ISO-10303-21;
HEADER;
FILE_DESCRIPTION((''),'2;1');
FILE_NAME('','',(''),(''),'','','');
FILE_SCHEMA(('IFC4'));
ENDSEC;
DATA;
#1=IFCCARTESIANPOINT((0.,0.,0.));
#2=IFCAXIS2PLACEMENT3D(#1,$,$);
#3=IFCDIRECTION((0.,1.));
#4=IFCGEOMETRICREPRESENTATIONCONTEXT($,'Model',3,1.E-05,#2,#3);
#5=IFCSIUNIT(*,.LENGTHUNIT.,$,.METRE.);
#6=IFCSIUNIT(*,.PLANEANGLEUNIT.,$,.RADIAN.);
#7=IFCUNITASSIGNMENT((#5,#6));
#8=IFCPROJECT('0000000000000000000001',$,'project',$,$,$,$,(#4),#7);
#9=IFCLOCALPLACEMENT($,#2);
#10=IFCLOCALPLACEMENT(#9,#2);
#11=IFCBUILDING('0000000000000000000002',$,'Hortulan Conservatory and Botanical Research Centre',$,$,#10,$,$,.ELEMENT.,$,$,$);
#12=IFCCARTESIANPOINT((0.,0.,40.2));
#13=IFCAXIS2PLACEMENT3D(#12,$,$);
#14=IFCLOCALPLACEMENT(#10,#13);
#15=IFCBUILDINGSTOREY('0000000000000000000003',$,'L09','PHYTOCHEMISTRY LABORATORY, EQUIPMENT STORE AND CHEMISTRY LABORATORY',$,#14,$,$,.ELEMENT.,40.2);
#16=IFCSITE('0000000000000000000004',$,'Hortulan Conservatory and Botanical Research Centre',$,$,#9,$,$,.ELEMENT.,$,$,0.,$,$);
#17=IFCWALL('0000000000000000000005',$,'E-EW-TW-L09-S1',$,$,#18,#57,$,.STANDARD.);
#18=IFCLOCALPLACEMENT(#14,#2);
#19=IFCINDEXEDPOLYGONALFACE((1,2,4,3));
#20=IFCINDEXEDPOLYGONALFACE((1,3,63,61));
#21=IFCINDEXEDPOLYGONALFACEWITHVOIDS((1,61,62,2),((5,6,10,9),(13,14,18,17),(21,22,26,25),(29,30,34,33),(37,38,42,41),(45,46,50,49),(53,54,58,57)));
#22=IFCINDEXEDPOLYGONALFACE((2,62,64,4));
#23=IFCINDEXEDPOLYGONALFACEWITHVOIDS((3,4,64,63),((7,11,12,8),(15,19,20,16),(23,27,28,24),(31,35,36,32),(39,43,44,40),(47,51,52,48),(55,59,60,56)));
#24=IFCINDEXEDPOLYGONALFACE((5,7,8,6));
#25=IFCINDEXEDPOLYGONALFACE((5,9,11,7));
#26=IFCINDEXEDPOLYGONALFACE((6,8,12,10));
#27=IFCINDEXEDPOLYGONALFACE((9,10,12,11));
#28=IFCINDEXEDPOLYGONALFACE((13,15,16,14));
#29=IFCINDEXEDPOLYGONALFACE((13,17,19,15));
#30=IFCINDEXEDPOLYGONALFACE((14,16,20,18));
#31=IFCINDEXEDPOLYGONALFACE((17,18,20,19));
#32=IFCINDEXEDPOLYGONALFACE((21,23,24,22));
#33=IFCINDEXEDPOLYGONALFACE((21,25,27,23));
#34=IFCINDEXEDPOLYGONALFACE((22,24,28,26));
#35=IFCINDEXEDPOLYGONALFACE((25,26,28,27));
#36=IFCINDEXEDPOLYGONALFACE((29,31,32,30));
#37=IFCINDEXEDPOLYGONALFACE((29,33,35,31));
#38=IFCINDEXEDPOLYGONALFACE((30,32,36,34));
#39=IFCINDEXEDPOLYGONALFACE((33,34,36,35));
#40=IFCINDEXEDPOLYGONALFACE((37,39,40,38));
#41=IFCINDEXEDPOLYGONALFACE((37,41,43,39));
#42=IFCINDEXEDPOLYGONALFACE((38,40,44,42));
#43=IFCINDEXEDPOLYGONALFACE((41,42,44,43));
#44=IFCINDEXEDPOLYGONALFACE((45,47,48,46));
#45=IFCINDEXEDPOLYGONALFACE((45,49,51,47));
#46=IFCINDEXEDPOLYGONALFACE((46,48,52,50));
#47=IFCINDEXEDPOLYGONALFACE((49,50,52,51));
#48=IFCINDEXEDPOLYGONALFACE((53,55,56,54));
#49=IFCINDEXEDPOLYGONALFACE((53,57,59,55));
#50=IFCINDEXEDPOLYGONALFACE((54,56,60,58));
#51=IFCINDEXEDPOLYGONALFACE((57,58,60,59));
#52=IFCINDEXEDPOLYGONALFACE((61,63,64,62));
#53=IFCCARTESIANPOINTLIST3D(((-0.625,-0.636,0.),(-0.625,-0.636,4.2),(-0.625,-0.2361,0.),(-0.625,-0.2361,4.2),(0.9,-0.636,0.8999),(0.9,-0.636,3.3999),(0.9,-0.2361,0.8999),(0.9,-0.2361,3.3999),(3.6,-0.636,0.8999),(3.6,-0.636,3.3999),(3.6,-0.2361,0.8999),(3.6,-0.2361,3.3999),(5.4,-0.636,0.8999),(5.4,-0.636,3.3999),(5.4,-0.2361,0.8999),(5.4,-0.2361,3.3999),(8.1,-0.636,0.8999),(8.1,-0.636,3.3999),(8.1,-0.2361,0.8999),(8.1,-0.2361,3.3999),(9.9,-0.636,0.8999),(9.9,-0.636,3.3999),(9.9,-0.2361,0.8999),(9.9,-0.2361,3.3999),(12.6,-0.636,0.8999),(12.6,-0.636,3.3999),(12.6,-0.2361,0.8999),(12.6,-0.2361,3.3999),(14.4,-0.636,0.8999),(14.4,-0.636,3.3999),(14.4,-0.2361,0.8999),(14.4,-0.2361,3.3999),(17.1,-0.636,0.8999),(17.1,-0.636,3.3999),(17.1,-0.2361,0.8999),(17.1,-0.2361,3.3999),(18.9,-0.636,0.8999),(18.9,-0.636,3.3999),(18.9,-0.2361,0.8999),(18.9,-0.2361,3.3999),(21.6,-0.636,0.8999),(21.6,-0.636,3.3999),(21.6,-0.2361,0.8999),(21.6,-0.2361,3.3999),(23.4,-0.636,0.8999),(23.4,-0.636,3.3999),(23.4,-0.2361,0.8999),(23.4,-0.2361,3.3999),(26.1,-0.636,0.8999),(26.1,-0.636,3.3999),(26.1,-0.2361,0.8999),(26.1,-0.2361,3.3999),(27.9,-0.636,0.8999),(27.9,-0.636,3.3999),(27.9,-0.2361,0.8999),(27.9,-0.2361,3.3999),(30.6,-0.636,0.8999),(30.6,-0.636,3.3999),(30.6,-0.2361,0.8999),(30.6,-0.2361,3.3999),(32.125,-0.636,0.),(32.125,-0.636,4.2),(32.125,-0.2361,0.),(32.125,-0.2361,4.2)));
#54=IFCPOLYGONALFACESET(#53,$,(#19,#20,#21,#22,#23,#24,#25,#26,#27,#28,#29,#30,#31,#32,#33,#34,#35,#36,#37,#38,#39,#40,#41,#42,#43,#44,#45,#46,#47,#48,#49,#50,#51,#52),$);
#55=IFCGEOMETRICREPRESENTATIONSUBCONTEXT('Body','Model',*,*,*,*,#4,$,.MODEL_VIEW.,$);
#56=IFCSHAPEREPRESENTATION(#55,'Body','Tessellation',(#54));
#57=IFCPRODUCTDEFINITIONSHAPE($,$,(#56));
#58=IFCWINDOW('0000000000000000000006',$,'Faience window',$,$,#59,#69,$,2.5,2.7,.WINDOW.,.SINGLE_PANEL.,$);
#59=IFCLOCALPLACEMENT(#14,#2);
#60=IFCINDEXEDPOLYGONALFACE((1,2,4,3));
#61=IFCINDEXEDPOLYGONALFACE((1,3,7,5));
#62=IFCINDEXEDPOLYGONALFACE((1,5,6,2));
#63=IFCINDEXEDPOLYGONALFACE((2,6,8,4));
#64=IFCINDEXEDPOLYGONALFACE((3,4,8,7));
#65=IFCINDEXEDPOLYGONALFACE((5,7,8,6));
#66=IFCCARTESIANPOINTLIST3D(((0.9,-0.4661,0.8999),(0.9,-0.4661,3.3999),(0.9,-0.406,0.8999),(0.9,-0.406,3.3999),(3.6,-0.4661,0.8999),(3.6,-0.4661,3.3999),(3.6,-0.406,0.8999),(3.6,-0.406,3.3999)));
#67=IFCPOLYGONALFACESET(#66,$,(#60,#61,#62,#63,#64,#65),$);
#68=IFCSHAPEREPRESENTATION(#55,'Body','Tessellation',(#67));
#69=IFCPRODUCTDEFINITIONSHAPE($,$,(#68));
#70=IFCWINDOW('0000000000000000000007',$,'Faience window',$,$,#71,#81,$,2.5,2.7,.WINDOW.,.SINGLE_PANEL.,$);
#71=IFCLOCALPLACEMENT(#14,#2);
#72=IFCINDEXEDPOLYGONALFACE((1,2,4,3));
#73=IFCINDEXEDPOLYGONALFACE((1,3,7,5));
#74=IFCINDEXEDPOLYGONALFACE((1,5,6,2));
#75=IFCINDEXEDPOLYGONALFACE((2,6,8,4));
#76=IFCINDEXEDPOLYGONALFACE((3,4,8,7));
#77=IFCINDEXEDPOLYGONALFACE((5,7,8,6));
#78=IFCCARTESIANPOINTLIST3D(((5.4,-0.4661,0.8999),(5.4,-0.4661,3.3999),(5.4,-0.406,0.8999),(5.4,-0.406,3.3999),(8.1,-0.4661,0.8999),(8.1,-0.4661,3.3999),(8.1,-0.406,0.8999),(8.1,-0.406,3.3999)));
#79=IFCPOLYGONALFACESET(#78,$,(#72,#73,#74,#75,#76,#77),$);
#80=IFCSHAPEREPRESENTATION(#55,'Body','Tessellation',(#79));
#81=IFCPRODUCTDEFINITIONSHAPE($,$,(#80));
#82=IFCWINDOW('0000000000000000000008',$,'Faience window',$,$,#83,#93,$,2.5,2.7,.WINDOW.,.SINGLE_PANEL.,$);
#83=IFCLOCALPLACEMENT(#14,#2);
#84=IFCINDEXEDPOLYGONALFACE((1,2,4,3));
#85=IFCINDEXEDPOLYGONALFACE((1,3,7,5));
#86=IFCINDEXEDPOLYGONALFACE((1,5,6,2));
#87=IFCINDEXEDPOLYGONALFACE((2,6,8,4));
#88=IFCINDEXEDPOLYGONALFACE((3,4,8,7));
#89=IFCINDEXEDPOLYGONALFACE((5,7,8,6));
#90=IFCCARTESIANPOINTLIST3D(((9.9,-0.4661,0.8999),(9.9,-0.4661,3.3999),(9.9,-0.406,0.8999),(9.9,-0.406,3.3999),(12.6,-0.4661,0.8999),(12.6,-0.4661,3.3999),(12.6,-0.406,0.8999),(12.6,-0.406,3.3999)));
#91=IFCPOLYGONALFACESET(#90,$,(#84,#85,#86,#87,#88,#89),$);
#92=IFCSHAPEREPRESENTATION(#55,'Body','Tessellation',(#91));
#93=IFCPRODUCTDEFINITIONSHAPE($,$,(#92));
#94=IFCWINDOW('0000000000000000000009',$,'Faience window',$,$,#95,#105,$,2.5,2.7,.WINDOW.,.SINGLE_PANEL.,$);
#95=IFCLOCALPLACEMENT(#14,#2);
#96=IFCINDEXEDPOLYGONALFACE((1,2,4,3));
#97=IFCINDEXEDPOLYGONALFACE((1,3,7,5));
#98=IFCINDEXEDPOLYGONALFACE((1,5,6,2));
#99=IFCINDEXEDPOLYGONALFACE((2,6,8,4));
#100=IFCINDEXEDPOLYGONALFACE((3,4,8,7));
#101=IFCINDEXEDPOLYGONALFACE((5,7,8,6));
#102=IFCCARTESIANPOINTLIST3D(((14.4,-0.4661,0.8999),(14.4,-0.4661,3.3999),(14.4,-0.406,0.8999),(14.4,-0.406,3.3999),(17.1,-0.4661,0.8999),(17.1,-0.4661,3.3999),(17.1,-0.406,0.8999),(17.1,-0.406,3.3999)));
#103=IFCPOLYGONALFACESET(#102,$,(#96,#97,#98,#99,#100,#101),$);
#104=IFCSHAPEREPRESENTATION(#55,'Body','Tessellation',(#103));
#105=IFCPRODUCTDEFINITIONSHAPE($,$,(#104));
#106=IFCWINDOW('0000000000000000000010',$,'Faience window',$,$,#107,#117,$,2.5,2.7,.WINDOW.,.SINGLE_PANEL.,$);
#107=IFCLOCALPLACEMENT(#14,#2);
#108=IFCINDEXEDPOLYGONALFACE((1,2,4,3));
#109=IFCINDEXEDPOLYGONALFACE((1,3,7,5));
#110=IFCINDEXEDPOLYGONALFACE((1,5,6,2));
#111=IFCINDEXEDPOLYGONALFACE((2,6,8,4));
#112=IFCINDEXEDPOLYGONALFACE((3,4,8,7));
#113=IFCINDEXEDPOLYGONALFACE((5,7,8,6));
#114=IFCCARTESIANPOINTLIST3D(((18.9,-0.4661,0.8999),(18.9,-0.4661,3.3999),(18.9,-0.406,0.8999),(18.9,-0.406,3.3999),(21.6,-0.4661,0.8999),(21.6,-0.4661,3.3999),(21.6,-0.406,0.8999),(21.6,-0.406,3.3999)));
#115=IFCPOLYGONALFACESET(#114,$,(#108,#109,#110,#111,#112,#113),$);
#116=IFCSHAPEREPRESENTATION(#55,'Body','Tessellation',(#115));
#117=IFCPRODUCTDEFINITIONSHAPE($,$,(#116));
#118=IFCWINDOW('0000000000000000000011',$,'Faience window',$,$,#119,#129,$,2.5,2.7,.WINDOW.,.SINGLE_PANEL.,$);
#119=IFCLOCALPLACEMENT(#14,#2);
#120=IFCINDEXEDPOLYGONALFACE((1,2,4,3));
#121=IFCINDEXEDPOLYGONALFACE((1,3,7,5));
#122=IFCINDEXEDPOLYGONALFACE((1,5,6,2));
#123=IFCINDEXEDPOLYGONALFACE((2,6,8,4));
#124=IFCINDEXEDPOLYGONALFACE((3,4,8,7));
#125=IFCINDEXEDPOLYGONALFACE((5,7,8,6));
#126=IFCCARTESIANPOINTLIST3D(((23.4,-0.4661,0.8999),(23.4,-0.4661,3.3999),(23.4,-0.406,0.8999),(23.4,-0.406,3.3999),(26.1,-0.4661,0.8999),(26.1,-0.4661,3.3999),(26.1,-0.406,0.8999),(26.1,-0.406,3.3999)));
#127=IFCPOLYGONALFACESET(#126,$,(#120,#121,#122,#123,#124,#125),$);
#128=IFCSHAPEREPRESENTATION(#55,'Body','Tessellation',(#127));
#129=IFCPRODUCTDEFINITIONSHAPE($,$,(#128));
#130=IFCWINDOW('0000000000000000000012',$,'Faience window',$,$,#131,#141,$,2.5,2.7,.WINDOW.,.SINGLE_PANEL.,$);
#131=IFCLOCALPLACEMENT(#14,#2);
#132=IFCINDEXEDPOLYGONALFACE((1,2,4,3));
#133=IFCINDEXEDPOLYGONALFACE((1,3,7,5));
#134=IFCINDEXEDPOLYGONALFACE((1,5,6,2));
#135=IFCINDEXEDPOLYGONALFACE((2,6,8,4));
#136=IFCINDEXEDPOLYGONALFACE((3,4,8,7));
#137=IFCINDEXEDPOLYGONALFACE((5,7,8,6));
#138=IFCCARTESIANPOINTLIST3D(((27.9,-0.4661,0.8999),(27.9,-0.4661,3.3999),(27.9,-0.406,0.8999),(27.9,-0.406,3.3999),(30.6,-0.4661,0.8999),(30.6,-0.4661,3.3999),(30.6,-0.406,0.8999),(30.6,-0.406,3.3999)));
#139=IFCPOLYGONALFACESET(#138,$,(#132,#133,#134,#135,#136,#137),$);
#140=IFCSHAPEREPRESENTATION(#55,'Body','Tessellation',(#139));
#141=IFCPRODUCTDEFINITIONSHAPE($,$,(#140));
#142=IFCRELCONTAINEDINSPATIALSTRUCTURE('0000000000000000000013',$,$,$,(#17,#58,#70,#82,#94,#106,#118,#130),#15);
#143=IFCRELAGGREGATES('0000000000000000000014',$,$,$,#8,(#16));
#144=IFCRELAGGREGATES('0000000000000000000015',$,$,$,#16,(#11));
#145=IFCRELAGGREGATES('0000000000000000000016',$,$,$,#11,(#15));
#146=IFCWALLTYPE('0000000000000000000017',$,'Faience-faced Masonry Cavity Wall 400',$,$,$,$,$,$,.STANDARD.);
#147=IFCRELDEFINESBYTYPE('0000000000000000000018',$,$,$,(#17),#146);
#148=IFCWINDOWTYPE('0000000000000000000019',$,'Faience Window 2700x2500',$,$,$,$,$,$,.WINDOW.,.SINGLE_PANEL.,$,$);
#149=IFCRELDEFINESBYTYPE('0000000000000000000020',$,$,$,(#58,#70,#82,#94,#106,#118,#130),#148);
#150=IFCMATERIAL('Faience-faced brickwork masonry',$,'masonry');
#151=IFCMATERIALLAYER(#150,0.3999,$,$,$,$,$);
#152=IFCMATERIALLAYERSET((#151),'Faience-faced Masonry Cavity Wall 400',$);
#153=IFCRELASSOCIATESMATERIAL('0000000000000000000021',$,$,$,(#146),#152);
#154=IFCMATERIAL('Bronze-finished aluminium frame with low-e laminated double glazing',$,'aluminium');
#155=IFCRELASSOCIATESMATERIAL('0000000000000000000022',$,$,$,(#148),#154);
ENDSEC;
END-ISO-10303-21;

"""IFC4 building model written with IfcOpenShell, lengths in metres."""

from ifc_helpers import new_model, si_unit, direction, frame, frame_2d, origin, place, context, subcontext, project, spatial, rectangle, extrude, material, layer, layer_set, type_object, element, fill, save


model = new_model("IFC4")

# Units and contexts
model_context = context("Model", 3, precision=1e-05, world=origin(), true_north=direction((0.0, 1.0)))
body_context = subcontext(model_context, "Body", "Model", "MODEL_VIEW")
ifc_project = project(units=[si_unit("LENGTHUNIT", "METRE"), si_unit("PLANEANGLEUNIT", "RADIAN")], contexts=[model_context])

# Site, building, storey
site_placement = place(None, origin())
site = spatial("IfcSite", under=ifc_project, at=site_placement, Name="Hortulan Conservatory and Botanical Research Centre", CompositionType="ELEMENT", RefElevation=0.0)
building_placement = place(site_placement, origin())
building = spatial("IfcBuilding", under=site, at=building_placement, Name="Hortulan Conservatory and Botanical Research Centre", CompositionType="ELEMENT")
storey_placement = place(building_placement, frame((0.0, 0.0, 40.2)))
storey = spatial("IfcBuildingStorey", under=building, at=storey_placement, Name="L09", Description="PHYTOCHEMISTRY LABORATORY, EQUIPMENT STORE AND CHEMISTRY LABORATORY", CompositionType="ELEMENT", Elevation=40.2)

# Wall, openings, windows
ifc_material_1 = material(Name="Faience-faced brickwork masonry", Category="masonry")
ifc_layer_1 = layer(ifc_material_1, 0.3999)
ifc_layer_set_1 = layer_set([ifc_layer_1], Name="Faience-faced Masonry Cavity Wall 400")
wall_type_1 = type_object("IfcWallType", Name="Faience-faced Masonry Cavity Wall 400", PredefinedType="STANDARD", material=ifc_layer_set_1)
wall_1_placement = place(storey_placement, frame((32.125, -0.436, 0.0), z_axis=(0.0, 0.0, 1.0), x_axis=(-1.0, 0.0, 0.0)))
wall_1 = element("IfcWall", 1, at=wall_1_placement, inside=storey, type_object=wall_type_1, Name="E-EW-TW-L09-S1", PredefinedType="STANDARD", context=body_context, shape_type="SweptSolid", body=[
    extrude(rectangle(XDim=32.75, YDim=0.3999, at=frame_2d((16.375, 0.0))), origin(), (0.0, 0.0, 1.0), 4.2),
])
opening_1_placement = place(wall_1_placement, frame((28.5249, 0.0, 0.8999)))
opening_1 = element("IfcOpeningElement", 2, at=opening_1_placement, cuts=wall_1, PredefinedType="OPENING", context=body_context, shape_type="SweptSolid", body=[
    extrude(rectangle(XDim=2.7, YDim=2.5, at=frame_2d((1.3501, 1.25))), frame((0.0, 0.21, 0.0), z_axis=(0.0, -1.0, 0.0), x_axis=(1.0, 0.0, 0.0)), (0.0, 0.0, 1.0), 0.4199),
])
opening_2_placement = place(wall_1_placement, frame((24.0249, 0.0, 0.8999)))
opening_2 = element("IfcOpeningElement", 3, at=opening_2_placement, cuts=wall_1, PredefinedType="OPENING", context=body_context, shape_type="SweptSolid", body=[
    extrude(rectangle(XDim=2.7, YDim=2.5, at=frame_2d((1.3501, 1.25))), frame((0.0, 0.21, 0.0), z_axis=(0.0, -1.0, 0.0), x_axis=(1.0, 0.0, 0.0)), (0.0, 0.0, 1.0), 0.4199),
])
opening_3_placement = place(wall_1_placement, frame((19.5249, 0.0, 0.8999)))
opening_3 = element("IfcOpeningElement", 4, at=opening_3_placement, cuts=wall_1, PredefinedType="OPENING", context=body_context, shape_type="SweptSolid", body=[
    extrude(rectangle(XDim=2.7, YDim=2.5, at=frame_2d((1.3501, 1.25))), frame((0.0, 0.21, 0.0), z_axis=(0.0, -1.0, 0.0), x_axis=(1.0, 0.0, 0.0)), (0.0, 0.0, 1.0), 0.4199),
])
opening_4_placement = place(wall_1_placement, frame((15.0249, 0.0, 0.8999)))
opening_4 = element("IfcOpeningElement", 5, at=opening_4_placement, cuts=wall_1, PredefinedType="OPENING", context=body_context, shape_type="SweptSolid", body=[
    extrude(rectangle(XDim=2.7, YDim=2.5, at=frame_2d((1.3501, 1.25))), frame((0.0, 0.21, 0.0), z_axis=(0.0, -1.0, 0.0), x_axis=(1.0, 0.0, 0.0)), (0.0, 0.0, 1.0), 0.4199),
])
opening_5_placement = place(wall_1_placement, frame((10.5249, 0.0, 0.8999)))
opening_5 = element("IfcOpeningElement", 6, at=opening_5_placement, cuts=wall_1, PredefinedType="OPENING", context=body_context, shape_type="SweptSolid", body=[
    extrude(rectangle(XDim=2.7, YDim=2.5, at=frame_2d((1.3501, 1.25))), frame((0.0, 0.21, 0.0), z_axis=(0.0, -1.0, 0.0), x_axis=(1.0, 0.0, 0.0)), (0.0, 0.0, 1.0), 0.4199),
])
opening_6_placement = place(wall_1_placement, frame((6.0249, 0.0, 0.8999)))
opening_6 = element("IfcOpeningElement", 7, at=opening_6_placement, cuts=wall_1, PredefinedType="OPENING", context=body_context, shape_type="SweptSolid", body=[
    extrude(rectangle(XDim=2.7, YDim=2.5, at=frame_2d((1.3501, 1.25))), frame((0.0, 0.21, 0.0), z_axis=(0.0, -1.0, 0.0), x_axis=(1.0, 0.0, 0.0)), (0.0, 0.0, 1.0), 0.4199),
])
opening_7_placement = place(wall_1_placement, frame((1.5249, 0.0, 0.8999)))
opening_7 = element("IfcOpeningElement", 8, at=opening_7_placement, cuts=wall_1, PredefinedType="OPENING", context=body_context, shape_type="SweptSolid", body=[
    extrude(rectangle(XDim=2.7, YDim=2.5, at=frame_2d((1.3501, 1.25))), frame((0.0, 0.21, 0.0), z_axis=(0.0, -1.0, 0.0), x_axis=(1.0, 0.0, 0.0)), (0.0, 0.0, 1.0), 0.4199),
])
ifc_material_2 = material(Name="Bronze-finished aluminium frame with low-e laminated double glazing", Category="aluminium")
window_type = type_object("IfcWindowType", Name="Faience Window 2700x2500", PartitioningType="SINGLE_PANEL", PredefinedType="WINDOW", material=ifc_material_2)
window_1_placement = place(opening_1_placement, origin())
window_1 = element("IfcWindow", 9, at=window_1_placement, inside=storey, type_object=window_type, Name="Faience window", OverallHeight=2.5, OverallWidth=2.7, PartitioningType="SINGLE_PANEL", PredefinedType="WINDOW", context=body_context, shape_type="SweptSolid", body=[
    extrude(rectangle(XDim=2.7, YDim=2.5, at=frame_2d((1.3501, 1.25))), frame((0.0, 0.03, 0.0), z_axis=(0.0, -1.0, 0.0), x_axis=(1.0, 0.0, 0.0)), (0.0, 0.0, 1.0), 0.0601),
])
fill(opening_1, window_1)
window_2_placement = place(opening_2_placement, origin())
window_2 = element("IfcWindow", 10, at=window_2_placement, inside=storey, type_object=window_type, Name="Faience window", OverallHeight=2.5, OverallWidth=2.7, PartitioningType="SINGLE_PANEL", PredefinedType="WINDOW", context=body_context, shape_type="SweptSolid", body=[
    extrude(rectangle(XDim=2.7, YDim=2.5, at=frame_2d((1.3501, 1.25))), frame((0.0, 0.03, 0.0), z_axis=(0.0, -1.0, 0.0), x_axis=(1.0, 0.0, 0.0)), (0.0, 0.0, 1.0), 0.0601),
])
fill(opening_2, window_2)
window_3_placement = place(opening_3_placement, origin())
window_3 = element("IfcWindow", 11, at=window_3_placement, inside=storey, type_object=window_type, Name="Faience window", OverallHeight=2.5, OverallWidth=2.7, PartitioningType="SINGLE_PANEL", PredefinedType="WINDOW", context=body_context, shape_type="SweptSolid", body=[
    extrude(rectangle(XDim=2.7, YDim=2.5, at=frame_2d((1.3501, 1.25))), frame((0.0, 0.03, 0.0), z_axis=(0.0, -1.0, 0.0), x_axis=(1.0, 0.0, 0.0)), (0.0, 0.0, 1.0), 0.0601),
])
fill(opening_3, window_3)
window_4_placement = place(opening_4_placement, origin())
window_4 = element("IfcWindow", 12, at=window_4_placement, inside=storey, type_object=window_type, Name="Faience window", OverallHeight=2.5, OverallWidth=2.7, PartitioningType="SINGLE_PANEL", PredefinedType="WINDOW", context=body_context, shape_type="SweptSolid", body=[
    extrude(rectangle(XDim=2.7, YDim=2.5, at=frame_2d((1.3501, 1.25))), frame((0.0, 0.03, 0.0), z_axis=(0.0, -1.0, 0.0), x_axis=(1.0, 0.0, 0.0)), (0.0, 0.0, 1.0), 0.0601),
])
fill(opening_4, window_4)
window_5_placement = place(opening_5_placement, origin())
window_5 = element("IfcWindow", 13, at=window_5_placement, inside=storey, type_object=window_type, Name="Faience window", OverallHeight=2.5, OverallWidth=2.7, PartitioningType="SINGLE_PANEL", PredefinedType="WINDOW", context=body_context, shape_type="SweptSolid", body=[
    extrude(rectangle(XDim=2.7, YDim=2.5, at=frame_2d((1.3501, 1.25))), frame((0.0, 0.03, 0.0), z_axis=(0.0, -1.0, 0.0), x_axis=(1.0, 0.0, 0.0)), (0.0, 0.0, 1.0), 0.0601),
])
fill(opening_5, window_5)
window_6_placement = place(opening_6_placement, origin())
window_6 = element("IfcWindow", 14, at=window_6_placement, inside=storey, type_object=window_type, Name="Faience window", OverallHeight=2.5, OverallWidth=2.7, PartitioningType="SINGLE_PANEL", PredefinedType="WINDOW", context=body_context, shape_type="SweptSolid", body=[
    extrude(rectangle(XDim=2.7, YDim=2.5, at=frame_2d((1.3501, 1.25))), frame((0.0, 0.03, 0.0), z_axis=(0.0, -1.0, 0.0), x_axis=(1.0, 0.0, 0.0)), (0.0, 0.0, 1.0), 0.0601),
])
fill(opening_6, window_6)
window_7_placement = place(opening_7_placement, origin())
window_7 = element("IfcWindow", 15, at=window_7_placement, inside=storey, type_object=window_type, Name="Faience window", OverallHeight=2.5, OverallWidth=2.7, PartitioningType="SINGLE_PANEL", PredefinedType="WINDOW", context=body_context, shape_type="SweptSolid", body=[
    extrude(rectangle(XDim=2.7, YDim=2.5, at=frame_2d((1.3501, 1.25))), frame((0.0, 0.03, 0.0), z_axis=(0.0, -1.0, 0.0), x_axis=(1.0, 0.0, 0.0)), (0.0, 0.0, 1.0), 0.0601),
])
fill(opening_7, window_7)

save(model, "model.ifc")
